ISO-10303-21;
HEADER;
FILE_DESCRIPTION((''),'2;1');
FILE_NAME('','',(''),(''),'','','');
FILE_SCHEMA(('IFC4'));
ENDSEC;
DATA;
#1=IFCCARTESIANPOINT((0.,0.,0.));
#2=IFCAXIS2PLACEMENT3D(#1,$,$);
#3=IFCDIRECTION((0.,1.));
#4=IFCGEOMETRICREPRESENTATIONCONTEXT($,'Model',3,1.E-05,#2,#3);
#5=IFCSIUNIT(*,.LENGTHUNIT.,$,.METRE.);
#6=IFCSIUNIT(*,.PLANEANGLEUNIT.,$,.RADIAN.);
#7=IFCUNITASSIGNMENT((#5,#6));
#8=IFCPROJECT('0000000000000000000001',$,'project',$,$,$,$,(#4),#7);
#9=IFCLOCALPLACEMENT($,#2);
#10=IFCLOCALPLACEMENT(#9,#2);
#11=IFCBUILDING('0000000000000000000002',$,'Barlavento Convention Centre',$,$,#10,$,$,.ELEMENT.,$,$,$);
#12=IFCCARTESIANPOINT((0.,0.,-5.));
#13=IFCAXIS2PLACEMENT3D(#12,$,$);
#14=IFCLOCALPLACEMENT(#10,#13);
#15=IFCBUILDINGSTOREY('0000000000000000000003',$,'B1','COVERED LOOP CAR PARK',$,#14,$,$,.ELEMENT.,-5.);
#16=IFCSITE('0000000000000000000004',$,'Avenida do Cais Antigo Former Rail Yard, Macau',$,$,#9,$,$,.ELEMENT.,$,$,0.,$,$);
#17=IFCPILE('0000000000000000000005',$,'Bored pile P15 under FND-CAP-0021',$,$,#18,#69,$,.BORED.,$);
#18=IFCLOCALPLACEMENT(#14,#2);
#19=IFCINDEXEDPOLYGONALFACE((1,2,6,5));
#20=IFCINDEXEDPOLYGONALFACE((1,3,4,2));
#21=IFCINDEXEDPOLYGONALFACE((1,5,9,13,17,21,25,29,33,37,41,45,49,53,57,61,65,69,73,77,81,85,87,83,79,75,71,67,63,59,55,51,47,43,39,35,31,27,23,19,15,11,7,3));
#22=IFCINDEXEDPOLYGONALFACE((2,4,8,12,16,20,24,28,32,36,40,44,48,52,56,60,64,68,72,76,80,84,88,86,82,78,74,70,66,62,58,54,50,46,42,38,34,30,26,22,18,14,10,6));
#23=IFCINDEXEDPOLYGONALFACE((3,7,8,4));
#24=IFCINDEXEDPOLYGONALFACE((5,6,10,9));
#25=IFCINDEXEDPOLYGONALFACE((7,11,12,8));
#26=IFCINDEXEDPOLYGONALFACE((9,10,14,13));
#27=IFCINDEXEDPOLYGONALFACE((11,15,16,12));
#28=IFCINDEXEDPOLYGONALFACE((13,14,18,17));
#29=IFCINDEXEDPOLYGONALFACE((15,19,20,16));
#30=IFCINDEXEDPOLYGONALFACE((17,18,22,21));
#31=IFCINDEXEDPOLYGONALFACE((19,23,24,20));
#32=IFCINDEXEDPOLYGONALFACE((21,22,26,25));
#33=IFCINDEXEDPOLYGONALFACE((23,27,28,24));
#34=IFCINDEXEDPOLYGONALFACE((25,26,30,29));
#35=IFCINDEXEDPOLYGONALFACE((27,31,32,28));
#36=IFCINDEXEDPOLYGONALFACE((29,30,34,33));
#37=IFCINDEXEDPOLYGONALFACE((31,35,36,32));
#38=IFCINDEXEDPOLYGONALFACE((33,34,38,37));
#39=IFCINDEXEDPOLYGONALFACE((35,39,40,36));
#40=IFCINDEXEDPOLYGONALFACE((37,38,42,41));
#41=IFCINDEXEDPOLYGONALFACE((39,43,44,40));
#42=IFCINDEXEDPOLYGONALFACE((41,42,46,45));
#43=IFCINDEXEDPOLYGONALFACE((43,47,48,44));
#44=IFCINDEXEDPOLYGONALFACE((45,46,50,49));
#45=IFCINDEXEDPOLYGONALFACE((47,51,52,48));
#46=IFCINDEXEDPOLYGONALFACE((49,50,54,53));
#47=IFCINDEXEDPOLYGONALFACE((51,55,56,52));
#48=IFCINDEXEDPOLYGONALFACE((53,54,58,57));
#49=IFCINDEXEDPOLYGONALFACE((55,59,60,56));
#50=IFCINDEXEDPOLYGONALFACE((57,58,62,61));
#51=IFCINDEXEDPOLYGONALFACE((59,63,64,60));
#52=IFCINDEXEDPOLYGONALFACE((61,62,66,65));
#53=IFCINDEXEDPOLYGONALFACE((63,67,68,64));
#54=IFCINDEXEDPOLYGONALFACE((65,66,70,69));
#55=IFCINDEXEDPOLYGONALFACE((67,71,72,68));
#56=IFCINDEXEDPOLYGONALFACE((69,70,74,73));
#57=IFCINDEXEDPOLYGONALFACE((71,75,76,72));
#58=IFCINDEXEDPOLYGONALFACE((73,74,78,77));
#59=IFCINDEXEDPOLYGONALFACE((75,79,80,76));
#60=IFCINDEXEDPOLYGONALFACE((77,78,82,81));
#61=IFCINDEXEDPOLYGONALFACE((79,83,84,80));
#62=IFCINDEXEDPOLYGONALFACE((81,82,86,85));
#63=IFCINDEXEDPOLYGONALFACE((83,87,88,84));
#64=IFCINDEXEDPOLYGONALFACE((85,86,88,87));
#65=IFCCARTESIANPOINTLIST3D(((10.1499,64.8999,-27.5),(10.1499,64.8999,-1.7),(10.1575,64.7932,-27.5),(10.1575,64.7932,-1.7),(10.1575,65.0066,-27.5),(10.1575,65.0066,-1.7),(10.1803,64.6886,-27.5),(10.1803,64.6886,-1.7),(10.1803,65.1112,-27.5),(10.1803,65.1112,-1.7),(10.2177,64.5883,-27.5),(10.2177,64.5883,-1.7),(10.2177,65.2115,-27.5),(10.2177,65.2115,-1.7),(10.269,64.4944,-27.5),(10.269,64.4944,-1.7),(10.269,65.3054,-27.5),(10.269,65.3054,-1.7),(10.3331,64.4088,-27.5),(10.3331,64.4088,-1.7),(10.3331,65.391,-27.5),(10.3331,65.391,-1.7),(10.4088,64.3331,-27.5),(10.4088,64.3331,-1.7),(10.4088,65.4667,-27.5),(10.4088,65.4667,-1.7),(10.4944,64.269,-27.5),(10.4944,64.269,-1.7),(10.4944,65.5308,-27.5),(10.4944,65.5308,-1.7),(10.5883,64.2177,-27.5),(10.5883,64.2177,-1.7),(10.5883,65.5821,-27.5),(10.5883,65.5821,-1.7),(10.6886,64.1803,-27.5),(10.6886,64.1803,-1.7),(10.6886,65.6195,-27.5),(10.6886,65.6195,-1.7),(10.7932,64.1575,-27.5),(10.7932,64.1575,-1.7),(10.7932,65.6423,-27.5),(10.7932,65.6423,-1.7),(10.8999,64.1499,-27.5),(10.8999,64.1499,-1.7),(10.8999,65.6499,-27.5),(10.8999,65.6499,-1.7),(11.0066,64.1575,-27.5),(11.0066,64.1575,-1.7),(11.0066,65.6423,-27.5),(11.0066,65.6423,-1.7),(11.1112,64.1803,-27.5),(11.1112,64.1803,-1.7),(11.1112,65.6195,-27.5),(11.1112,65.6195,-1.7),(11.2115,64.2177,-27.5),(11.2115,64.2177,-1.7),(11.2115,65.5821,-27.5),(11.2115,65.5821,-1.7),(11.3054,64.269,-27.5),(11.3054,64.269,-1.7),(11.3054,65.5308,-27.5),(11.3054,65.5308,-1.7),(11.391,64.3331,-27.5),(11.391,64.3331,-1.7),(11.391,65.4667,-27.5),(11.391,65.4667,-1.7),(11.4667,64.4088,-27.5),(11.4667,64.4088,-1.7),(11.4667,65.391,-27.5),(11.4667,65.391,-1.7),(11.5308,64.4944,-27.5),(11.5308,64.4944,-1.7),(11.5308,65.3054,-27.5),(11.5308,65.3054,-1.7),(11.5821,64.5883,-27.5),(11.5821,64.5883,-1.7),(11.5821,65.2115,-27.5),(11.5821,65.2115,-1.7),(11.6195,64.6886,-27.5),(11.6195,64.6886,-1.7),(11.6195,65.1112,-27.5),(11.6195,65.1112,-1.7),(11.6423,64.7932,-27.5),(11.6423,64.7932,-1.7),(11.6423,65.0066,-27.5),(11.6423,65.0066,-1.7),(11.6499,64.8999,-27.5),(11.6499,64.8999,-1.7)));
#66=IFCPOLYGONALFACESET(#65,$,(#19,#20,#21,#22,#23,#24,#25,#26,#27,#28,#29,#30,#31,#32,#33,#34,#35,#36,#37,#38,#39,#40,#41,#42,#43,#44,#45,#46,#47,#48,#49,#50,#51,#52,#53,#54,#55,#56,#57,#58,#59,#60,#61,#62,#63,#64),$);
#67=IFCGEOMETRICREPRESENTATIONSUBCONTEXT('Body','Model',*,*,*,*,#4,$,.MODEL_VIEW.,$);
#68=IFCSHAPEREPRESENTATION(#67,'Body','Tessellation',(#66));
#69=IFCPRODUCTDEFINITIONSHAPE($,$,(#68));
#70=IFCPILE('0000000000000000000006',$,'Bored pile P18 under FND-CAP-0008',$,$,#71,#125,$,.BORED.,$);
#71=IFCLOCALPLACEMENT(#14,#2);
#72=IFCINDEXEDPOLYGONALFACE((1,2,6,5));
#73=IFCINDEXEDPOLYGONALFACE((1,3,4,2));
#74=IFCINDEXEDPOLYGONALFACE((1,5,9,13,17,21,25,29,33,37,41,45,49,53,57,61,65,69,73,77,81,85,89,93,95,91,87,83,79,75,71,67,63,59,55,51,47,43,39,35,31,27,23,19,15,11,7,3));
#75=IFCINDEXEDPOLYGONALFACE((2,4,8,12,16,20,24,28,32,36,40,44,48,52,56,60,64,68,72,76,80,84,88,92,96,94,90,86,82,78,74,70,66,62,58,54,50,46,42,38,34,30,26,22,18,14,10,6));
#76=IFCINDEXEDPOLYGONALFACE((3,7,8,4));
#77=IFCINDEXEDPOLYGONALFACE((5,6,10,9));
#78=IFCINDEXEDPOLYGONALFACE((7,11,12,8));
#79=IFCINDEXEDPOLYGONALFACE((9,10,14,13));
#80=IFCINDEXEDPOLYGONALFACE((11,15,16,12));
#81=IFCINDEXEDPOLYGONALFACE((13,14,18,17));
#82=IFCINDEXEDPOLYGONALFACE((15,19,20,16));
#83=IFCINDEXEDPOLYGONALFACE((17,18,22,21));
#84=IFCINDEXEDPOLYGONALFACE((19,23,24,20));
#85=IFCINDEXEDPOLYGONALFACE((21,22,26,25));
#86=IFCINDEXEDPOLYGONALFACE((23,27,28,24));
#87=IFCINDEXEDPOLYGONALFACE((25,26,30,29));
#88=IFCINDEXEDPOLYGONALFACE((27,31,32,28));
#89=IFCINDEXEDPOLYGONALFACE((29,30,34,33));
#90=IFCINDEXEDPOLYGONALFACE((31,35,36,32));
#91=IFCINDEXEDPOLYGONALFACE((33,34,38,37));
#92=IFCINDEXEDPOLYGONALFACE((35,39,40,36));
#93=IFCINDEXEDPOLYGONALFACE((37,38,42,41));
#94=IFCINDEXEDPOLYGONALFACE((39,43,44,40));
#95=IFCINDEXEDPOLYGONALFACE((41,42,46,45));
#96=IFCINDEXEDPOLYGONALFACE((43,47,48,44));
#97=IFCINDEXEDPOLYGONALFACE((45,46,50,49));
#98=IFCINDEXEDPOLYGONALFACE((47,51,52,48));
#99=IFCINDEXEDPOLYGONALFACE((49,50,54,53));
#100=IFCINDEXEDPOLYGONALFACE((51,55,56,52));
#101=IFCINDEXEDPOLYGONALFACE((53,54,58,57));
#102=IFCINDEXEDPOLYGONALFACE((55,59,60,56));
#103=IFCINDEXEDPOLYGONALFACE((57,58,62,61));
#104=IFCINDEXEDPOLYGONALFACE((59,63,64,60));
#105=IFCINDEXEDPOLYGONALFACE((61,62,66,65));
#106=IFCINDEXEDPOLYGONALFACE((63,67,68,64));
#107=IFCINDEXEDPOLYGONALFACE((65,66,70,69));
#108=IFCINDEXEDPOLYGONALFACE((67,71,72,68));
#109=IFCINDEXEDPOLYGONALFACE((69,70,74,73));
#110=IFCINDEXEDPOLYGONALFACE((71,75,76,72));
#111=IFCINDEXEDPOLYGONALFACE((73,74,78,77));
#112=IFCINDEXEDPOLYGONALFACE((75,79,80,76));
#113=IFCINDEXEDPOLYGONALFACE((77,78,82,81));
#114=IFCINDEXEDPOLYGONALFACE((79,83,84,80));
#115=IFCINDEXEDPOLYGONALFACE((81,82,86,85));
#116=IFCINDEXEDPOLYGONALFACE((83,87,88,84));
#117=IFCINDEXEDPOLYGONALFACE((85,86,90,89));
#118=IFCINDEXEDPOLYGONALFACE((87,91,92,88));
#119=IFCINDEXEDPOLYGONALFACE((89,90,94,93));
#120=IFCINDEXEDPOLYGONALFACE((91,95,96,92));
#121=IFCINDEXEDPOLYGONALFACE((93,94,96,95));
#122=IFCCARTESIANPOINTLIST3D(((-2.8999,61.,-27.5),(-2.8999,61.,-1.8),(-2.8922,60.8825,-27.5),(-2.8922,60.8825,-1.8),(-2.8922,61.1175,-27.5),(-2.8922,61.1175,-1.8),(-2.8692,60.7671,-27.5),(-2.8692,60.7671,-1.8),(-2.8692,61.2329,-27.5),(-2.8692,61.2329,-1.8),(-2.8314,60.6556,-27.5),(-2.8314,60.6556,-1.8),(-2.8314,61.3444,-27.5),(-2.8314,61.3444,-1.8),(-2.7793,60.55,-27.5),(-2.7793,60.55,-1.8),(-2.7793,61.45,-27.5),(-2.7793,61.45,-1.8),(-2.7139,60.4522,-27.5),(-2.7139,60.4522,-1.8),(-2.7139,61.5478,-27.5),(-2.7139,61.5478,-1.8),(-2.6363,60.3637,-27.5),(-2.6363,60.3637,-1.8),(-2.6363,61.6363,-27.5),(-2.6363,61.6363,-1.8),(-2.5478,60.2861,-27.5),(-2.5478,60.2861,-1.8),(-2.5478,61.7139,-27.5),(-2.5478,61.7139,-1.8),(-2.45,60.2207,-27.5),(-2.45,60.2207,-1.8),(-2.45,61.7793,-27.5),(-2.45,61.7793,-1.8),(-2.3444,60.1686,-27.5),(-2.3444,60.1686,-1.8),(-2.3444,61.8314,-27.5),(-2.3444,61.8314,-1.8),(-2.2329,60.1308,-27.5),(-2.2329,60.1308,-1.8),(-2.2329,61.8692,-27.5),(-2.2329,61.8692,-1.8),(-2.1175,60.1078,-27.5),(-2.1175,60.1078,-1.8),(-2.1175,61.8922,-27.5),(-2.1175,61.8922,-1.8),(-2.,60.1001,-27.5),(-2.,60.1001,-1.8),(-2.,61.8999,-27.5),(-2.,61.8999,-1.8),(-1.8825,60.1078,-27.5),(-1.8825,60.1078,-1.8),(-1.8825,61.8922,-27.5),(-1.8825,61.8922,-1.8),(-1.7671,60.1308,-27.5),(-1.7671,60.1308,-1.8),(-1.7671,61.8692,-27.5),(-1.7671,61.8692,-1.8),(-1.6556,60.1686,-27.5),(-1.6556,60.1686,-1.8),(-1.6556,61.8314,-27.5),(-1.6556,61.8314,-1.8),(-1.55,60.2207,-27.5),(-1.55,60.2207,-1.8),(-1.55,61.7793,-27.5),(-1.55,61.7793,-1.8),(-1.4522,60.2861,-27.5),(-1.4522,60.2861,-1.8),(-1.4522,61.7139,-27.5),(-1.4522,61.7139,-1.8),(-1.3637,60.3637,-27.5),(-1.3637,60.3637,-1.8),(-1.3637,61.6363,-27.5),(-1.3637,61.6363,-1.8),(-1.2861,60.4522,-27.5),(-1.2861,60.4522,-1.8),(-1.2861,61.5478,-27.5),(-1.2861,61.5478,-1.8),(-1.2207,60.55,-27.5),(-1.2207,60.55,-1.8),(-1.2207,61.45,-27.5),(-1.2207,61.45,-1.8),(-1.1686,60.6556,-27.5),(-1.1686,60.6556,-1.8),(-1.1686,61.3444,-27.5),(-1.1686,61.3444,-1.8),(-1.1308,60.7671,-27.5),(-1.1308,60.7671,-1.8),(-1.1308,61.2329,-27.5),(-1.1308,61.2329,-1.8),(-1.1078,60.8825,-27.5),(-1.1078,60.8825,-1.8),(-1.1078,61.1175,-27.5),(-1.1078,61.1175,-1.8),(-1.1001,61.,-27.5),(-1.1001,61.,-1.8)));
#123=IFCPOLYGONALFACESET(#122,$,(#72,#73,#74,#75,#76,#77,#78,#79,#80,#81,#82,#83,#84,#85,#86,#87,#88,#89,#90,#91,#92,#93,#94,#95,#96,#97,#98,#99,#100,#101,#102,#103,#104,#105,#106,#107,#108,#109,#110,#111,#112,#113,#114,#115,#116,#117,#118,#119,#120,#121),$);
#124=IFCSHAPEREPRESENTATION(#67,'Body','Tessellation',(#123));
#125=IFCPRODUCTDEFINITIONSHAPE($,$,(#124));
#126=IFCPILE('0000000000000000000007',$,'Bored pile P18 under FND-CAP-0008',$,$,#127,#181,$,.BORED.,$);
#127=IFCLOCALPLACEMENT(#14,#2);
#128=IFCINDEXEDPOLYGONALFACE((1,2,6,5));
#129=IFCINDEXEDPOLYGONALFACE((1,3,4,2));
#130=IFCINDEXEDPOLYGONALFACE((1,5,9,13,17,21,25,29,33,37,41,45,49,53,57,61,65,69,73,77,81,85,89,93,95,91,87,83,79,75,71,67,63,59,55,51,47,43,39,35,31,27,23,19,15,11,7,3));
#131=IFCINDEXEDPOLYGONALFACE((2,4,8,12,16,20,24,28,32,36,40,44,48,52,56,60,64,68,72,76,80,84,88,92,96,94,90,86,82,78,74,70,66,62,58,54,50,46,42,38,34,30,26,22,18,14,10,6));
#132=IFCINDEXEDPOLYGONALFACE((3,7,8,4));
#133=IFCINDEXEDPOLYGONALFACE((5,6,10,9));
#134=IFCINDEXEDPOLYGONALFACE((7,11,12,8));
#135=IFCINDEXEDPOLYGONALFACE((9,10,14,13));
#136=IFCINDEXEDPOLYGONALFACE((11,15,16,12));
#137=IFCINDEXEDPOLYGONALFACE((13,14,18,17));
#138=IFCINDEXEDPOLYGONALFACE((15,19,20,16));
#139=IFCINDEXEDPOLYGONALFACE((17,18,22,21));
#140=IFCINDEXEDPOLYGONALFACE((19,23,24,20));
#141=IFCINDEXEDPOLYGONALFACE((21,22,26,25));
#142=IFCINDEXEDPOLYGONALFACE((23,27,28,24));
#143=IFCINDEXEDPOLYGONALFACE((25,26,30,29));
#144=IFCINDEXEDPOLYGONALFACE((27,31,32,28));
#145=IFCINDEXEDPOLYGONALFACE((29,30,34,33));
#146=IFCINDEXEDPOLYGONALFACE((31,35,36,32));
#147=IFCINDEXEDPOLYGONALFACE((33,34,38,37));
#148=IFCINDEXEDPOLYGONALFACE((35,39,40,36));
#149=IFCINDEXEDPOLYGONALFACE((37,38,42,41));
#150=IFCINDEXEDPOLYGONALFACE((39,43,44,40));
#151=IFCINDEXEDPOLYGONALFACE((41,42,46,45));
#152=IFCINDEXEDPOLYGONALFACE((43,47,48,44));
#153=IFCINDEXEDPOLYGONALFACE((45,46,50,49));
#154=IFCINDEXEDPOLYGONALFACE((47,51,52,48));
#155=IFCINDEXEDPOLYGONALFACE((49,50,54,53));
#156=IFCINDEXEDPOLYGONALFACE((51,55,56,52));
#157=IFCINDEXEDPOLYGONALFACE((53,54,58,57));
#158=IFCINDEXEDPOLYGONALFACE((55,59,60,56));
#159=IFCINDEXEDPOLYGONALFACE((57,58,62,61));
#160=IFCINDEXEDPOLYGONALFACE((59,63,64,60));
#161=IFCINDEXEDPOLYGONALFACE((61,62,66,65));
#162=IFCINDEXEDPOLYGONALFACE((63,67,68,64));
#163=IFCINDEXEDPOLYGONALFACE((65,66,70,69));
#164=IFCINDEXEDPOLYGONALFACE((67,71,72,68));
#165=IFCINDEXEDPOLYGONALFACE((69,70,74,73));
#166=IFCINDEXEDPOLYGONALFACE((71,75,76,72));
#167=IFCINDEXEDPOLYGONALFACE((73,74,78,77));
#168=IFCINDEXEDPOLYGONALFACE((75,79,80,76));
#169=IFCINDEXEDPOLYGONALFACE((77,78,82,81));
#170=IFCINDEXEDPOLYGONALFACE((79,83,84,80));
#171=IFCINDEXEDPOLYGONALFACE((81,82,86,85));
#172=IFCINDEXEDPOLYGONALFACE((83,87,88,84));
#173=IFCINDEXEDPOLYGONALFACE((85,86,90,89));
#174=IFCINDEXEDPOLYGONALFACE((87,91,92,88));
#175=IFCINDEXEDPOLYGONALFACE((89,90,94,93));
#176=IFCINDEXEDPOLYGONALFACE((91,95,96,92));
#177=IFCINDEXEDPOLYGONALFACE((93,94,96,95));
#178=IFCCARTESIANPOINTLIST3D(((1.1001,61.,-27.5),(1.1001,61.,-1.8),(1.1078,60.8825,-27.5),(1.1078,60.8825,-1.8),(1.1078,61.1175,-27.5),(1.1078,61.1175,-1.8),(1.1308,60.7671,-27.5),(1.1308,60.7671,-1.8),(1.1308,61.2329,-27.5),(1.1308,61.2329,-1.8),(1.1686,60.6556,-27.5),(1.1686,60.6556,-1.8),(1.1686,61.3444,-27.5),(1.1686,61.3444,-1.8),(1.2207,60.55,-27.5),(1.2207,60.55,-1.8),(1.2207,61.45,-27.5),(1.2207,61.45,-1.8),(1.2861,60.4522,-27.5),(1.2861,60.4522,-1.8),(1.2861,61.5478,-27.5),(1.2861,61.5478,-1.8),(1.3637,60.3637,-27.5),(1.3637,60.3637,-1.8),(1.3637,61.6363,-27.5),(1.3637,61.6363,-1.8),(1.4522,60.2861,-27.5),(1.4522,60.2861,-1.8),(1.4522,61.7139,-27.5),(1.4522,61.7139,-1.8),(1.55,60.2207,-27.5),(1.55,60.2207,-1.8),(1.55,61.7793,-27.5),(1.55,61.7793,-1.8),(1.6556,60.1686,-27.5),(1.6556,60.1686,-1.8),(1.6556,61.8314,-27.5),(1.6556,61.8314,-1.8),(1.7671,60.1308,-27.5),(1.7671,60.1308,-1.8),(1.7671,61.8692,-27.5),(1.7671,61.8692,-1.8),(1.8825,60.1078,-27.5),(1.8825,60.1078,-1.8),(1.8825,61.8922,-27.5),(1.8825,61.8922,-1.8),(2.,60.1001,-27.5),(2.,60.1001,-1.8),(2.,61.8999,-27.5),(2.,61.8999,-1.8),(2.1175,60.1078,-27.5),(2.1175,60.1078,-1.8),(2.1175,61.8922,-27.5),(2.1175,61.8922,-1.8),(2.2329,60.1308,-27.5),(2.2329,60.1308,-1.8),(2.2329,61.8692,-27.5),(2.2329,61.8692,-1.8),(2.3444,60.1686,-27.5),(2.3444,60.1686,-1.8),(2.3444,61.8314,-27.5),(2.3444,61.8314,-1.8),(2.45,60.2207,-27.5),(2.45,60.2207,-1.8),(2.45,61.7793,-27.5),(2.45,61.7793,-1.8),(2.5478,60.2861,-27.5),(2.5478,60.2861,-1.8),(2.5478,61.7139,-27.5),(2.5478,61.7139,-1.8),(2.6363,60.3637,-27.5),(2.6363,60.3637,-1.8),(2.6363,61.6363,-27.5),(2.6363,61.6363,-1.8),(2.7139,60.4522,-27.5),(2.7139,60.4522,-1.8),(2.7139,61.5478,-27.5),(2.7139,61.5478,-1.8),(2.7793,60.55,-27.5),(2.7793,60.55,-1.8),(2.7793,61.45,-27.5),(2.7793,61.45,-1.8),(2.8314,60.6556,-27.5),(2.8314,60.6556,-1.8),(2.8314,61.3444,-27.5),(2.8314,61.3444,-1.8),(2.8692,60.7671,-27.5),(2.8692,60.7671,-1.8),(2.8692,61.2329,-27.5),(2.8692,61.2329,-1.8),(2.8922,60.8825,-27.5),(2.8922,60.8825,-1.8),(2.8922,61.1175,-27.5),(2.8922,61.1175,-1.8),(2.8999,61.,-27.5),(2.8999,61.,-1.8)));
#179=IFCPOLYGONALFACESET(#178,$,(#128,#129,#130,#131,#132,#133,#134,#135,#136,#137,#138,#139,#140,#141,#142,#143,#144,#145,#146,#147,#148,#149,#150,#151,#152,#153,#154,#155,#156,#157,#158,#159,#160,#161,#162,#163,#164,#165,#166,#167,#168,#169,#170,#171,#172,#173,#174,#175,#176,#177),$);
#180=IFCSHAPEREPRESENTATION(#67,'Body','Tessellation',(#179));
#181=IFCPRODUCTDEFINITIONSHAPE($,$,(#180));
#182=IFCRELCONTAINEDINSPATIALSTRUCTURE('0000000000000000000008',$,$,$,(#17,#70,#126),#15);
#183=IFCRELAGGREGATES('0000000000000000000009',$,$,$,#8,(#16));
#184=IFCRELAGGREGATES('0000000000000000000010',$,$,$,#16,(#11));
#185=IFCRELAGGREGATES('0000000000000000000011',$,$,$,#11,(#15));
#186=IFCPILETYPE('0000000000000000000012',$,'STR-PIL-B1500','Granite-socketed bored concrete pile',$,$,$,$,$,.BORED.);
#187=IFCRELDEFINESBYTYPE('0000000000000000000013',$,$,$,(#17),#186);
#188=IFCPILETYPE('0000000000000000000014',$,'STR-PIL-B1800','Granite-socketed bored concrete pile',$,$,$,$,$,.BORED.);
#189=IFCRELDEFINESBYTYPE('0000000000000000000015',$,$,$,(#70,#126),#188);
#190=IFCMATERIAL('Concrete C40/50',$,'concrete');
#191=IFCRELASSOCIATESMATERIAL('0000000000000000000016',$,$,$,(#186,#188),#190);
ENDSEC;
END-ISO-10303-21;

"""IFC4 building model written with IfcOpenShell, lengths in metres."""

from ifc_helpers import new_model, si_unit, direction, frame, origin, origin_2d, place, context, subcontext, project, spatial, circle, extrude, material, material_profile, profile_set, type_object, element, save


model = new_model("IFC4")

# Units and contexts
model_context = context("Model", 3, precision=1e-05, world=origin(), true_north=direction((0.0, 1.0)))
body_context = subcontext(model_context, "Body", "Model", "MODEL_VIEW")
ifc_project = project(units=[si_unit("LENGTHUNIT", "METRE"), si_unit("PLANEANGLEUNIT", "RADIAN")], contexts=[model_context])

# Site, building, storey
site_placement = place(None, origin())
site = spatial("IfcSite", under=ifc_project, at=site_placement, Name="Avenida do Cais Antigo Former Rail Yard, Macau", CompositionType="ELEMENT", RefElevation=0.0)
building_placement = place(site_placement, origin())
building = spatial("IfcBuilding", under=site, at=building_placement, Name="Barlavento Convention Centre", CompositionType="ELEMENT")
storey_placement = place(building_placement, frame((0.0, 0.0, -5.0)))
storey = spatial("IfcBuildingStorey", under=building, at=storey_placement, Name="B1", Description="COVERED LOOP CAR PARK", CompositionType="ELEMENT", Elevation=-5.0)

# Shared definitions
ifc_material_1 = material(Name="Concrete C40/50", Category="concrete")

# Piles
ifc_material_profile_1 = material_profile(ifc_material_1, circle(Radius=0.75, at=origin_2d()), Name="BORED PILE 1500")
ifc_profile_set_1 = profile_set([ifc_material_profile_1], Name="Concrete C40/50")
pile_type_1 = type_object("IfcPileType", Name="STR-PIL-B1500", Description="Granite-socketed bored concrete pile", PredefinedType="BORED", material=ifc_profile_set_1)
for number, where, z_axis, x_axis, name in (
    (1, (10.8999, 64.8999, -1.7), (0.0, 0.0, -1.0), (1.0, 0.0, 0.0), "Bored pile P15 under FND-CAP-0021"),
):
    element("IfcPile", number, at=place(storey_placement, frame(where, z_axis=z_axis, x_axis=x_axis)), inside=storey, type_object=pile_type_1, Name=name, PredefinedType="BORED", context=body_context, shape_type="SweptSolid", body=[
        extrude(circle(Radius=0.75, at=origin_2d()), origin(), (0.0, 0.0, 1.0), 25.8),
    ])
ifc_material_profile_2 = material_profile(ifc_material_1, circle(Radius=0.8999, at=origin_2d()), Name="BORED PILE 1800")
ifc_profile_set_2 = profile_set([ifc_material_profile_2], Name="Concrete C40/50")
pile_type_2 = type_object("IfcPileType", Name="STR-PIL-B1800", Description="Granite-socketed bored concrete pile", PredefinedType="BORED", material=ifc_profile_set_2)
for number, where, z_axis, x_axis, name in (
    (2, (-2.0, 61.0, -1.8), (0.0, 0.0, -1.0), (1.0, 0.0, 0.0), "Bored pile P18 under FND-CAP-0008"),
    (3, (2.0, 61.0, -1.8), (0.0, 0.0, -1.0), (1.0, 0.0, 0.0), "Bored pile P18 under FND-CAP-0008"),
):
    element("IfcPile", number, at=place(storey_placement, frame(where, z_axis=z_axis, x_axis=x_axis)), inside=storey, type_object=pile_type_2, Name=name, PredefinedType="BORED", context=body_context, shape_type="SweptSolid", body=[
        extrude(circle(Radius=0.8999, at=origin_2d()), origin(), (0.0, 0.0, 1.0), 25.7),
    ])

save(model, "model.ifc")
